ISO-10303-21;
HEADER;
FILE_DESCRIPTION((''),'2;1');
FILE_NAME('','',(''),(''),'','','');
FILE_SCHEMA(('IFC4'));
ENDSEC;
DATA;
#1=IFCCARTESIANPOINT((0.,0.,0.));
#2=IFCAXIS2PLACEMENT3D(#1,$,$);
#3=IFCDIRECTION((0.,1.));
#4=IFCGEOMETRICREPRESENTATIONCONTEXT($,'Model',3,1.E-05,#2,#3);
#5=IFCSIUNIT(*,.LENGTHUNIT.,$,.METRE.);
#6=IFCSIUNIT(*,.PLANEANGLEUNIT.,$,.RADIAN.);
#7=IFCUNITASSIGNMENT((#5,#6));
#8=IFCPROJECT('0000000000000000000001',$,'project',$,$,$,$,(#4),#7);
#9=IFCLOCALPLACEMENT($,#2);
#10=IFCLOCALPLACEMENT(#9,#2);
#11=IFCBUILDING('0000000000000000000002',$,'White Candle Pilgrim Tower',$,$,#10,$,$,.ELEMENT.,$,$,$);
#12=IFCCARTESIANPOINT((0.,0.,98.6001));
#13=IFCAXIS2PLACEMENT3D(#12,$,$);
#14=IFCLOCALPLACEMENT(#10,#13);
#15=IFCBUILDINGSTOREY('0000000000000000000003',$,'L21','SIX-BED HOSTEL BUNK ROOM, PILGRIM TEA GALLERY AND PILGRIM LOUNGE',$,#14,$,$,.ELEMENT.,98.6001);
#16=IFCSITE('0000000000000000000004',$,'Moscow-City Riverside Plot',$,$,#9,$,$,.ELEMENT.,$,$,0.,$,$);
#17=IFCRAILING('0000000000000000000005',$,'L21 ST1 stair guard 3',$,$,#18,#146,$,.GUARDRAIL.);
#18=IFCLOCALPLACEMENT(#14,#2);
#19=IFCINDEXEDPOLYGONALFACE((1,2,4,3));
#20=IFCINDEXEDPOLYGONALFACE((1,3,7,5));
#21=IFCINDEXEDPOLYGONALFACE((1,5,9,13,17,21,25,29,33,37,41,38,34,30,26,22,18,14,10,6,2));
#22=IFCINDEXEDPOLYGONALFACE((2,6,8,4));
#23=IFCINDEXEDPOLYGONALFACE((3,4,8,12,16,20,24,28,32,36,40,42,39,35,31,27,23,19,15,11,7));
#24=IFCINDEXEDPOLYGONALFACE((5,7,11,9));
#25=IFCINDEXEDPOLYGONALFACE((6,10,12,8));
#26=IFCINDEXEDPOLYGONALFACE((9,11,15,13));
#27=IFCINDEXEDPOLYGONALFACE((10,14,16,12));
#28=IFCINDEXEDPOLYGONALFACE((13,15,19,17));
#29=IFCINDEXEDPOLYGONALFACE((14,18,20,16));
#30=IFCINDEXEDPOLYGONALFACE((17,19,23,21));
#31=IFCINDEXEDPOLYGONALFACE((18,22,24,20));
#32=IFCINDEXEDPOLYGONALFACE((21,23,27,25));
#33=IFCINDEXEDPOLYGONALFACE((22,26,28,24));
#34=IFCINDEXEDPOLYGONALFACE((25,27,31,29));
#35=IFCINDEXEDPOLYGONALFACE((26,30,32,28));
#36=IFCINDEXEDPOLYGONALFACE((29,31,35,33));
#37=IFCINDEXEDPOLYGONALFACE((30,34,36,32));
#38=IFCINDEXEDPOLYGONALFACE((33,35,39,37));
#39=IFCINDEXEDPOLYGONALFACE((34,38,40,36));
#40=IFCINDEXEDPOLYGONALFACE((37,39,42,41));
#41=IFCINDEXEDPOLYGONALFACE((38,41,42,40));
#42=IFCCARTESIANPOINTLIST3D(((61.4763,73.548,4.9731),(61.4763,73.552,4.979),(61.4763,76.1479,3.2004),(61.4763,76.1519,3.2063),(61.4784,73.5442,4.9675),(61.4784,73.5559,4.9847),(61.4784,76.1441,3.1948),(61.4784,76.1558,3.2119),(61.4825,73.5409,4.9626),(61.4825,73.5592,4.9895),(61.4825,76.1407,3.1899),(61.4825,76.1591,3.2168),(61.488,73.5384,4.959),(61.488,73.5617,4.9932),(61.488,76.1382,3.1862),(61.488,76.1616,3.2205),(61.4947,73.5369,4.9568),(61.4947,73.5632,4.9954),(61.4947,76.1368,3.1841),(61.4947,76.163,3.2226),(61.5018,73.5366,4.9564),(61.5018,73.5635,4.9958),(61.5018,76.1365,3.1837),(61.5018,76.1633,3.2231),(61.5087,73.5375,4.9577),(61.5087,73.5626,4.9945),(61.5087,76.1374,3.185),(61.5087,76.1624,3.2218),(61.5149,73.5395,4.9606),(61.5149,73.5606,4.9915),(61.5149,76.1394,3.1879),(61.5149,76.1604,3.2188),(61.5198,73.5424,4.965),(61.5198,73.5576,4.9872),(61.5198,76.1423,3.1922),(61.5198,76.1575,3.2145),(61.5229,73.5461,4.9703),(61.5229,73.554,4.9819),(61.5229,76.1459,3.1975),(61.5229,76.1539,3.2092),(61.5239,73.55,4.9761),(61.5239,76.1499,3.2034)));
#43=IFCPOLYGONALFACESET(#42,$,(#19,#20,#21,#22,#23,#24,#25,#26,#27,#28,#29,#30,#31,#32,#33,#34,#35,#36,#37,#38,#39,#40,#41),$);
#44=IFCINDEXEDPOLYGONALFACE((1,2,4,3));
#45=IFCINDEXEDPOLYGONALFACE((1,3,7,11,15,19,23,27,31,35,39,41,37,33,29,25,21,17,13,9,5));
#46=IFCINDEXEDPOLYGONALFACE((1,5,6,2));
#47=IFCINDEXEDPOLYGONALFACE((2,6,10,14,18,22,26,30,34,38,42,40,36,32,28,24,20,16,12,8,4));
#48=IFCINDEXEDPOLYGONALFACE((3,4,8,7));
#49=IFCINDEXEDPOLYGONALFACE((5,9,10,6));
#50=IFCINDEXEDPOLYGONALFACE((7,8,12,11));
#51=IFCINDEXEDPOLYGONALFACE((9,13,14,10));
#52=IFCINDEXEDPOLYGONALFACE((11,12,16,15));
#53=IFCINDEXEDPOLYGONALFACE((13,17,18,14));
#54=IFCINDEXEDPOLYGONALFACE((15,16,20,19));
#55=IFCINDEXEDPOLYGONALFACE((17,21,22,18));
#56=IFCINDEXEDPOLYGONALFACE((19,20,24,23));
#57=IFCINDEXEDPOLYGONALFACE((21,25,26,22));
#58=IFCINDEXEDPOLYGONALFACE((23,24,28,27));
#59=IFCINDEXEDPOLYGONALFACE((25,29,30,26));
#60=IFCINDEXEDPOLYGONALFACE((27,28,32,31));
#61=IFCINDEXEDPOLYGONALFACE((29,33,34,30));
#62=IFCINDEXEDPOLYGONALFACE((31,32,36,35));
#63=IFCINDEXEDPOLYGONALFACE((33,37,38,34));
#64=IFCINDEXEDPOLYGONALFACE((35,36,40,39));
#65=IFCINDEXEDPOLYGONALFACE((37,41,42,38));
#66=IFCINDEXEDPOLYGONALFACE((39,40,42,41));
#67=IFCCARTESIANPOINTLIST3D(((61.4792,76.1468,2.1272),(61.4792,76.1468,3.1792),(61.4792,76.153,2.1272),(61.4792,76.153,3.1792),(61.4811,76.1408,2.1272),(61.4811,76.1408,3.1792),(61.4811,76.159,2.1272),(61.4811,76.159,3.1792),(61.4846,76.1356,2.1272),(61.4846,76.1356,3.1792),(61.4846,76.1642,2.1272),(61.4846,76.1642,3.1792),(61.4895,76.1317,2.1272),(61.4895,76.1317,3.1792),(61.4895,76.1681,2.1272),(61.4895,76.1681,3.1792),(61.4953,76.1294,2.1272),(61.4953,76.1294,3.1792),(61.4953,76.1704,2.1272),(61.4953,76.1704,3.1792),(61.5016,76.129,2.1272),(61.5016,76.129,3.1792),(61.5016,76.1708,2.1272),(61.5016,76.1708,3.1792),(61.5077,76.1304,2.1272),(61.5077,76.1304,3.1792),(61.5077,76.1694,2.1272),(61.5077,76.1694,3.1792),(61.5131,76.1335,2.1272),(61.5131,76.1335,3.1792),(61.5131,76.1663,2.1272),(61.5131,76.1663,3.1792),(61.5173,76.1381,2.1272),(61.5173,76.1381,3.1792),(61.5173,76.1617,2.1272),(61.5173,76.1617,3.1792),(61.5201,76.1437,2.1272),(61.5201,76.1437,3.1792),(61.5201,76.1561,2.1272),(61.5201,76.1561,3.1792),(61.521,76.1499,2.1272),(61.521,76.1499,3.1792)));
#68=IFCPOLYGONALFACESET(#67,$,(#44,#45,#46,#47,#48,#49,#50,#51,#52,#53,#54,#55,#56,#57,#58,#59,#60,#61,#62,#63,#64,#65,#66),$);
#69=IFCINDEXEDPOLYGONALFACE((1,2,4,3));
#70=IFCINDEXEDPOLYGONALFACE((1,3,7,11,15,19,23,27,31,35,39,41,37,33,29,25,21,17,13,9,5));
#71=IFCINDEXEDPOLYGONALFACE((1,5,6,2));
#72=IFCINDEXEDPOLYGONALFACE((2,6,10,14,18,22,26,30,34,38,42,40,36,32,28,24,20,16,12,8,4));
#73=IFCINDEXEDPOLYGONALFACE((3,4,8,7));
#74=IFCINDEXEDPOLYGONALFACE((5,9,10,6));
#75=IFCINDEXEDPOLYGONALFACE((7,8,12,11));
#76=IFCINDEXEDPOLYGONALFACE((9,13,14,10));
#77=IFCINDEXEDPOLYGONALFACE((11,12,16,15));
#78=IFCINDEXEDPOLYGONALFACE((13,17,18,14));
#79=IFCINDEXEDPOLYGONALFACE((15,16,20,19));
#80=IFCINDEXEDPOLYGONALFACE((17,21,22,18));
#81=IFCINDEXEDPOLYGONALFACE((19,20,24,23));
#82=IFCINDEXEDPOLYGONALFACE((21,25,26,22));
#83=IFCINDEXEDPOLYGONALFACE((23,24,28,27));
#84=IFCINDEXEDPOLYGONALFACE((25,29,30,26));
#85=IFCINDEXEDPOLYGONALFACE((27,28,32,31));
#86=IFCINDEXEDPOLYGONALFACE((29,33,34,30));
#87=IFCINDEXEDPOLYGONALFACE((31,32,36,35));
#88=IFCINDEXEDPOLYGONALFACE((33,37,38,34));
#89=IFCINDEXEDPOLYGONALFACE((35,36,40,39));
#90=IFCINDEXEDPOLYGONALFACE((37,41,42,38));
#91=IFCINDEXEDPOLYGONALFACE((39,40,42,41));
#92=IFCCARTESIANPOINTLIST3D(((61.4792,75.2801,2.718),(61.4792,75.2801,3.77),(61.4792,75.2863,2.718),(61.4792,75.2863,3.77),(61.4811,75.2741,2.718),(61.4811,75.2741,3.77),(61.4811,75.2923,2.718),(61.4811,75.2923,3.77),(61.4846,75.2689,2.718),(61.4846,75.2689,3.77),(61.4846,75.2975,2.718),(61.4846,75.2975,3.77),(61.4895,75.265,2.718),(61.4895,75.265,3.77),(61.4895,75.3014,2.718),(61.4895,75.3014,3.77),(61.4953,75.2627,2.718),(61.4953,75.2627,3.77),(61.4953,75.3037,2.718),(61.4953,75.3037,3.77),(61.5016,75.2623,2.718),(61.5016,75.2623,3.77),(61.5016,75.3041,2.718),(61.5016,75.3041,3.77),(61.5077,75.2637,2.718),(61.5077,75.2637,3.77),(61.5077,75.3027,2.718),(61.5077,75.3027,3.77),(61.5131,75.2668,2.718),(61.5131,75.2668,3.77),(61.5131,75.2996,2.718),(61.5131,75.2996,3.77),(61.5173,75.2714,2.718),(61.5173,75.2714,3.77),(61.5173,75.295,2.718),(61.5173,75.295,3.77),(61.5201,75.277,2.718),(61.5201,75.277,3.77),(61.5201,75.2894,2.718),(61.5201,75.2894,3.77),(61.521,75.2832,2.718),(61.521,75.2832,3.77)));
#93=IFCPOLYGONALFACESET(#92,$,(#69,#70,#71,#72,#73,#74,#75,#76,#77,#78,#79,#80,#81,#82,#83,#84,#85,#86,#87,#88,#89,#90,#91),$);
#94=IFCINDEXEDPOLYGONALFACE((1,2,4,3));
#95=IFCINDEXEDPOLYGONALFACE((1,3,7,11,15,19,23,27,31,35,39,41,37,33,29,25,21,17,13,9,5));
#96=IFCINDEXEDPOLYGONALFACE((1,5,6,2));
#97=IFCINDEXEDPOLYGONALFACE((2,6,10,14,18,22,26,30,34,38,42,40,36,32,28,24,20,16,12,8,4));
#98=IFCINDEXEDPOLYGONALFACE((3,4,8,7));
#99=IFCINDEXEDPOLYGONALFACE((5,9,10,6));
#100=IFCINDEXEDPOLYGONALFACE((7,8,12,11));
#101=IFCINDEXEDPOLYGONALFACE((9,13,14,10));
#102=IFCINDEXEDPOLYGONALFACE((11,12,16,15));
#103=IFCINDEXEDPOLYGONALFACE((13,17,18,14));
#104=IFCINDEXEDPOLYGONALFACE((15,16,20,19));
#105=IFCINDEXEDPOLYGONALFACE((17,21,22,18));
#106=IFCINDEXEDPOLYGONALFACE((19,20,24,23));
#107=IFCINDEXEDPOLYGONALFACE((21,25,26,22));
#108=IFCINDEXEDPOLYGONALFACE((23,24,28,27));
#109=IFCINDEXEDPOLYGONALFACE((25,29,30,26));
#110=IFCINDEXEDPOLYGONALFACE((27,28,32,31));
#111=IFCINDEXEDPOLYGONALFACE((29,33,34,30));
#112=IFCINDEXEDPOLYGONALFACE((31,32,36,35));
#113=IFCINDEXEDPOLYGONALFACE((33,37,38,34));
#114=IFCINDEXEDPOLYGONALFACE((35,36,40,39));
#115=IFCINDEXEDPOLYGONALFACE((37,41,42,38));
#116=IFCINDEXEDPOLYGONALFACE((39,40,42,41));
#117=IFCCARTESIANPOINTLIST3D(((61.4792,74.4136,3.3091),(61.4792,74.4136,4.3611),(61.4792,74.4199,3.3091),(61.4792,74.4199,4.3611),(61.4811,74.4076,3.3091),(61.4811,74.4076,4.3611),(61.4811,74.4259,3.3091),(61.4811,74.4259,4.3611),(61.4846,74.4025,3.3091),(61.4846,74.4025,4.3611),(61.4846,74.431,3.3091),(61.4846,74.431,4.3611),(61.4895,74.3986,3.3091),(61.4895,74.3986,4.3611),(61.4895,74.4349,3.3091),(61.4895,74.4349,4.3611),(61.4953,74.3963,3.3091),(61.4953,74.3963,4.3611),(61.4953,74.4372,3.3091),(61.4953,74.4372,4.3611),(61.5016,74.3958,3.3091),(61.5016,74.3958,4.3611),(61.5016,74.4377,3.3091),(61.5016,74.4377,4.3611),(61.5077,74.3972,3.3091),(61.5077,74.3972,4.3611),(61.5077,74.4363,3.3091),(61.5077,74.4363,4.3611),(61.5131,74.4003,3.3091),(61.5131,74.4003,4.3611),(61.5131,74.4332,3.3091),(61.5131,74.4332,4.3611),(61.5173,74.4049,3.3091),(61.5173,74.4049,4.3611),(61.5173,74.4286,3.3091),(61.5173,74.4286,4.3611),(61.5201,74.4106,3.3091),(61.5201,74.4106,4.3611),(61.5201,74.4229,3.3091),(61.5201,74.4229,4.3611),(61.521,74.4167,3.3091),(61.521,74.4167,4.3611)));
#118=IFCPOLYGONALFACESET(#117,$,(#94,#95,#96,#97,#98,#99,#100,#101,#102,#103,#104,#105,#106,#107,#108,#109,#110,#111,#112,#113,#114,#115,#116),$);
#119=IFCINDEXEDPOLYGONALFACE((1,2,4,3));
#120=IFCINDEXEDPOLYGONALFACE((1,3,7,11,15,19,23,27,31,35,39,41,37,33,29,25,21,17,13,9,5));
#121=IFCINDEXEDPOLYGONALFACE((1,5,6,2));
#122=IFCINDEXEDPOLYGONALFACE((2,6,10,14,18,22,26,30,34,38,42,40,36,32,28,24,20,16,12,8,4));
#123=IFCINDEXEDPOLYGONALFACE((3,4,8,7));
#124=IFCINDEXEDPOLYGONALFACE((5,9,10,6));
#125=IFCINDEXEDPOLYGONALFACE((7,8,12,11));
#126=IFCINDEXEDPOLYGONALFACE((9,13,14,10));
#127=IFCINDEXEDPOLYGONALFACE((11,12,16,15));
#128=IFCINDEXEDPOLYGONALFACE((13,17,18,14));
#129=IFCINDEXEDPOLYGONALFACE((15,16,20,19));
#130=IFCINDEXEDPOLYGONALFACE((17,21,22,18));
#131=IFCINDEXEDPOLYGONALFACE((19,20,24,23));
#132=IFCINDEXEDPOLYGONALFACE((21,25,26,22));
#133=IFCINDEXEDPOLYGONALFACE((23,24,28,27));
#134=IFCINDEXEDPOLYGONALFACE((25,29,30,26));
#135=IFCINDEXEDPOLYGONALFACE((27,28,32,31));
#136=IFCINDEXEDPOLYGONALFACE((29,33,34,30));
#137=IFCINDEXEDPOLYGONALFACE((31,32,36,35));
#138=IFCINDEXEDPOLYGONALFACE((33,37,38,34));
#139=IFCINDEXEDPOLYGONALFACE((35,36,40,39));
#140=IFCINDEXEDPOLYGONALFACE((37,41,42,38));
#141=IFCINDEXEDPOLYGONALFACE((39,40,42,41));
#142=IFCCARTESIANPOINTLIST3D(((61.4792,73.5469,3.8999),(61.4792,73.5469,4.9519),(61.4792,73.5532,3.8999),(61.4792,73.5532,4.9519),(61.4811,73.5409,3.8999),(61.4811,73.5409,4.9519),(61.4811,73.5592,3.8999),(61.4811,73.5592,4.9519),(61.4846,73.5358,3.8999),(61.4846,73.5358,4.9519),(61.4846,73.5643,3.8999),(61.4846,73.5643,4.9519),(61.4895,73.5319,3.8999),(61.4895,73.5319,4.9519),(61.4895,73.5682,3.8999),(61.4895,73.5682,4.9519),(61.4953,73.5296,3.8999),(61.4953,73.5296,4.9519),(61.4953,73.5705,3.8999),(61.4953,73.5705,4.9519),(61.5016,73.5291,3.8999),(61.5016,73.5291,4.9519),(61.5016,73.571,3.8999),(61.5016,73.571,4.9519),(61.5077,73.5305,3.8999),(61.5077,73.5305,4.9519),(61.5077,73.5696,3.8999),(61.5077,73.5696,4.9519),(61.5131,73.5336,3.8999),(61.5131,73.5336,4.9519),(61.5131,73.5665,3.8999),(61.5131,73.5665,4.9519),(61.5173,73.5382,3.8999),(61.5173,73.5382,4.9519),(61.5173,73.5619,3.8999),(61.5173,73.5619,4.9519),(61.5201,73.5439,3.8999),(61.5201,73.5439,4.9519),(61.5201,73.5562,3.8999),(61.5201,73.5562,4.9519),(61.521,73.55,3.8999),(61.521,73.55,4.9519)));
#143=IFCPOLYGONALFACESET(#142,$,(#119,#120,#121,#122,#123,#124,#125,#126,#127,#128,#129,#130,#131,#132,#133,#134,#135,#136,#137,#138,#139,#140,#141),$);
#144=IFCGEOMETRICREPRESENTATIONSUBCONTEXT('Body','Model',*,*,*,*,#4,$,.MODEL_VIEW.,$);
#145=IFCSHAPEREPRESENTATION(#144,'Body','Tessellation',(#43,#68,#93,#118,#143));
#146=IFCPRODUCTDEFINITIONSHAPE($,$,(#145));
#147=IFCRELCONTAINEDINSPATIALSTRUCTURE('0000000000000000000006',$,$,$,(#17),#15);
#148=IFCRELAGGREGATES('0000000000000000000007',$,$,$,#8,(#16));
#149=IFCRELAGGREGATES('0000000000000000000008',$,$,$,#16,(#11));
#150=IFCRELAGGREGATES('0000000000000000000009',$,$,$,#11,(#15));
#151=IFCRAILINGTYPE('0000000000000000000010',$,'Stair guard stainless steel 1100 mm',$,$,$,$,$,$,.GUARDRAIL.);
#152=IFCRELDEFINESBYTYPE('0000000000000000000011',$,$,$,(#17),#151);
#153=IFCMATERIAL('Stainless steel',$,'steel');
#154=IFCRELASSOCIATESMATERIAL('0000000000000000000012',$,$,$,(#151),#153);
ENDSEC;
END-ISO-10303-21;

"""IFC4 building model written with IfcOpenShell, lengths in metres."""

from ifc_helpers import new_model, si_unit, direction, frame, origin, origin_2d, place, context, subcontext, project, spatial, circle, extrude, material, type_object, element, save


model = new_model("IFC4")

# Units and contexts
model_context = context("Model", 3, precision=1e-05, world=origin(), true_north=direction((0.0, 1.0)))
body_context = subcontext(model_context, "Body", "Model", "MODEL_VIEW")
ifc_project = project(units=[si_unit("LENGTHUNIT", "METRE"), si_unit("PLANEANGLEUNIT", "RADIAN")], contexts=[model_context])

# Site, building, storey
site_placement = place(None, origin())
site = spatial("IfcSite", under=ifc_project, at=site_placement, Name="Moscow-City Riverside Plot", CompositionType="ELEMENT", RefElevation=0.0)
building_placement = place(site_placement, origin())
building = spatial("IfcBuilding", under=site, at=building_placement, Name="White Candle Pilgrim Tower", CompositionType="ELEMENT")
storey_placement = place(building_placement, frame((0.0, 0.0, 98.6001)))
storey = spatial("IfcBuildingStorey", under=building, at=storey_placement, Name="L21", Description="SIX-BED HOSTEL BUNK ROOM, PILGRIM TEA GALLERY AND PILGRIM LOUNGE", CompositionType="ELEMENT", Elevation=98.6001)

# Railing
ifc_material_1 = material(Name="Stainless steel", Category="steel")
railing_type_1 = type_object("IfcRailingType", Name="Stair guard stainless steel 1100 mm", PredefinedType="GUARDRAIL", material=ifc_material_1)
railing_1_placement = place(storey_placement, frame((61.5, 76.1499, 2.1272)))
element("IfcRailing", 1, at=railing_1_placement, inside=storey, type_object=railing_type_1, Name="L21 ST1 stair guard 3", PredefinedType="GUARDRAIL", context=body_context, shape_type="SweptSolid", body=[
    extrude(circle(Radius=0.0239, at=origin_2d()), frame((0.0, 0.0, 1.0762), z_axis=(0.0, -0.826216, 0.563354), x_axis=(1.0, 0.0, 0.0)), (0.0, 0.0, 1.0), 3.1467),
    extrude(circle(Radius=0.021, at=origin_2d()), origin(), (0.0, 0.0, 1.0), 1.052),
    extrude(circle(Radius=0.021, at=origin_2d()), frame((0.0, -0.8667, 0.5908)), (0.0, 0.0, 1.0), 1.052),
    extrude(circle(Radius=0.021, at=origin_2d()), frame((0.0, -1.7332, 1.1819)), (0.0, 0.0, 1.0), 1.052),
    extrude(circle(Radius=0.021, at=origin_2d()), frame((0.0, -2.5999, 1.7727)), (0.0, 0.0, 1.0), 1.052),
])

save(model, "model.ifc")
